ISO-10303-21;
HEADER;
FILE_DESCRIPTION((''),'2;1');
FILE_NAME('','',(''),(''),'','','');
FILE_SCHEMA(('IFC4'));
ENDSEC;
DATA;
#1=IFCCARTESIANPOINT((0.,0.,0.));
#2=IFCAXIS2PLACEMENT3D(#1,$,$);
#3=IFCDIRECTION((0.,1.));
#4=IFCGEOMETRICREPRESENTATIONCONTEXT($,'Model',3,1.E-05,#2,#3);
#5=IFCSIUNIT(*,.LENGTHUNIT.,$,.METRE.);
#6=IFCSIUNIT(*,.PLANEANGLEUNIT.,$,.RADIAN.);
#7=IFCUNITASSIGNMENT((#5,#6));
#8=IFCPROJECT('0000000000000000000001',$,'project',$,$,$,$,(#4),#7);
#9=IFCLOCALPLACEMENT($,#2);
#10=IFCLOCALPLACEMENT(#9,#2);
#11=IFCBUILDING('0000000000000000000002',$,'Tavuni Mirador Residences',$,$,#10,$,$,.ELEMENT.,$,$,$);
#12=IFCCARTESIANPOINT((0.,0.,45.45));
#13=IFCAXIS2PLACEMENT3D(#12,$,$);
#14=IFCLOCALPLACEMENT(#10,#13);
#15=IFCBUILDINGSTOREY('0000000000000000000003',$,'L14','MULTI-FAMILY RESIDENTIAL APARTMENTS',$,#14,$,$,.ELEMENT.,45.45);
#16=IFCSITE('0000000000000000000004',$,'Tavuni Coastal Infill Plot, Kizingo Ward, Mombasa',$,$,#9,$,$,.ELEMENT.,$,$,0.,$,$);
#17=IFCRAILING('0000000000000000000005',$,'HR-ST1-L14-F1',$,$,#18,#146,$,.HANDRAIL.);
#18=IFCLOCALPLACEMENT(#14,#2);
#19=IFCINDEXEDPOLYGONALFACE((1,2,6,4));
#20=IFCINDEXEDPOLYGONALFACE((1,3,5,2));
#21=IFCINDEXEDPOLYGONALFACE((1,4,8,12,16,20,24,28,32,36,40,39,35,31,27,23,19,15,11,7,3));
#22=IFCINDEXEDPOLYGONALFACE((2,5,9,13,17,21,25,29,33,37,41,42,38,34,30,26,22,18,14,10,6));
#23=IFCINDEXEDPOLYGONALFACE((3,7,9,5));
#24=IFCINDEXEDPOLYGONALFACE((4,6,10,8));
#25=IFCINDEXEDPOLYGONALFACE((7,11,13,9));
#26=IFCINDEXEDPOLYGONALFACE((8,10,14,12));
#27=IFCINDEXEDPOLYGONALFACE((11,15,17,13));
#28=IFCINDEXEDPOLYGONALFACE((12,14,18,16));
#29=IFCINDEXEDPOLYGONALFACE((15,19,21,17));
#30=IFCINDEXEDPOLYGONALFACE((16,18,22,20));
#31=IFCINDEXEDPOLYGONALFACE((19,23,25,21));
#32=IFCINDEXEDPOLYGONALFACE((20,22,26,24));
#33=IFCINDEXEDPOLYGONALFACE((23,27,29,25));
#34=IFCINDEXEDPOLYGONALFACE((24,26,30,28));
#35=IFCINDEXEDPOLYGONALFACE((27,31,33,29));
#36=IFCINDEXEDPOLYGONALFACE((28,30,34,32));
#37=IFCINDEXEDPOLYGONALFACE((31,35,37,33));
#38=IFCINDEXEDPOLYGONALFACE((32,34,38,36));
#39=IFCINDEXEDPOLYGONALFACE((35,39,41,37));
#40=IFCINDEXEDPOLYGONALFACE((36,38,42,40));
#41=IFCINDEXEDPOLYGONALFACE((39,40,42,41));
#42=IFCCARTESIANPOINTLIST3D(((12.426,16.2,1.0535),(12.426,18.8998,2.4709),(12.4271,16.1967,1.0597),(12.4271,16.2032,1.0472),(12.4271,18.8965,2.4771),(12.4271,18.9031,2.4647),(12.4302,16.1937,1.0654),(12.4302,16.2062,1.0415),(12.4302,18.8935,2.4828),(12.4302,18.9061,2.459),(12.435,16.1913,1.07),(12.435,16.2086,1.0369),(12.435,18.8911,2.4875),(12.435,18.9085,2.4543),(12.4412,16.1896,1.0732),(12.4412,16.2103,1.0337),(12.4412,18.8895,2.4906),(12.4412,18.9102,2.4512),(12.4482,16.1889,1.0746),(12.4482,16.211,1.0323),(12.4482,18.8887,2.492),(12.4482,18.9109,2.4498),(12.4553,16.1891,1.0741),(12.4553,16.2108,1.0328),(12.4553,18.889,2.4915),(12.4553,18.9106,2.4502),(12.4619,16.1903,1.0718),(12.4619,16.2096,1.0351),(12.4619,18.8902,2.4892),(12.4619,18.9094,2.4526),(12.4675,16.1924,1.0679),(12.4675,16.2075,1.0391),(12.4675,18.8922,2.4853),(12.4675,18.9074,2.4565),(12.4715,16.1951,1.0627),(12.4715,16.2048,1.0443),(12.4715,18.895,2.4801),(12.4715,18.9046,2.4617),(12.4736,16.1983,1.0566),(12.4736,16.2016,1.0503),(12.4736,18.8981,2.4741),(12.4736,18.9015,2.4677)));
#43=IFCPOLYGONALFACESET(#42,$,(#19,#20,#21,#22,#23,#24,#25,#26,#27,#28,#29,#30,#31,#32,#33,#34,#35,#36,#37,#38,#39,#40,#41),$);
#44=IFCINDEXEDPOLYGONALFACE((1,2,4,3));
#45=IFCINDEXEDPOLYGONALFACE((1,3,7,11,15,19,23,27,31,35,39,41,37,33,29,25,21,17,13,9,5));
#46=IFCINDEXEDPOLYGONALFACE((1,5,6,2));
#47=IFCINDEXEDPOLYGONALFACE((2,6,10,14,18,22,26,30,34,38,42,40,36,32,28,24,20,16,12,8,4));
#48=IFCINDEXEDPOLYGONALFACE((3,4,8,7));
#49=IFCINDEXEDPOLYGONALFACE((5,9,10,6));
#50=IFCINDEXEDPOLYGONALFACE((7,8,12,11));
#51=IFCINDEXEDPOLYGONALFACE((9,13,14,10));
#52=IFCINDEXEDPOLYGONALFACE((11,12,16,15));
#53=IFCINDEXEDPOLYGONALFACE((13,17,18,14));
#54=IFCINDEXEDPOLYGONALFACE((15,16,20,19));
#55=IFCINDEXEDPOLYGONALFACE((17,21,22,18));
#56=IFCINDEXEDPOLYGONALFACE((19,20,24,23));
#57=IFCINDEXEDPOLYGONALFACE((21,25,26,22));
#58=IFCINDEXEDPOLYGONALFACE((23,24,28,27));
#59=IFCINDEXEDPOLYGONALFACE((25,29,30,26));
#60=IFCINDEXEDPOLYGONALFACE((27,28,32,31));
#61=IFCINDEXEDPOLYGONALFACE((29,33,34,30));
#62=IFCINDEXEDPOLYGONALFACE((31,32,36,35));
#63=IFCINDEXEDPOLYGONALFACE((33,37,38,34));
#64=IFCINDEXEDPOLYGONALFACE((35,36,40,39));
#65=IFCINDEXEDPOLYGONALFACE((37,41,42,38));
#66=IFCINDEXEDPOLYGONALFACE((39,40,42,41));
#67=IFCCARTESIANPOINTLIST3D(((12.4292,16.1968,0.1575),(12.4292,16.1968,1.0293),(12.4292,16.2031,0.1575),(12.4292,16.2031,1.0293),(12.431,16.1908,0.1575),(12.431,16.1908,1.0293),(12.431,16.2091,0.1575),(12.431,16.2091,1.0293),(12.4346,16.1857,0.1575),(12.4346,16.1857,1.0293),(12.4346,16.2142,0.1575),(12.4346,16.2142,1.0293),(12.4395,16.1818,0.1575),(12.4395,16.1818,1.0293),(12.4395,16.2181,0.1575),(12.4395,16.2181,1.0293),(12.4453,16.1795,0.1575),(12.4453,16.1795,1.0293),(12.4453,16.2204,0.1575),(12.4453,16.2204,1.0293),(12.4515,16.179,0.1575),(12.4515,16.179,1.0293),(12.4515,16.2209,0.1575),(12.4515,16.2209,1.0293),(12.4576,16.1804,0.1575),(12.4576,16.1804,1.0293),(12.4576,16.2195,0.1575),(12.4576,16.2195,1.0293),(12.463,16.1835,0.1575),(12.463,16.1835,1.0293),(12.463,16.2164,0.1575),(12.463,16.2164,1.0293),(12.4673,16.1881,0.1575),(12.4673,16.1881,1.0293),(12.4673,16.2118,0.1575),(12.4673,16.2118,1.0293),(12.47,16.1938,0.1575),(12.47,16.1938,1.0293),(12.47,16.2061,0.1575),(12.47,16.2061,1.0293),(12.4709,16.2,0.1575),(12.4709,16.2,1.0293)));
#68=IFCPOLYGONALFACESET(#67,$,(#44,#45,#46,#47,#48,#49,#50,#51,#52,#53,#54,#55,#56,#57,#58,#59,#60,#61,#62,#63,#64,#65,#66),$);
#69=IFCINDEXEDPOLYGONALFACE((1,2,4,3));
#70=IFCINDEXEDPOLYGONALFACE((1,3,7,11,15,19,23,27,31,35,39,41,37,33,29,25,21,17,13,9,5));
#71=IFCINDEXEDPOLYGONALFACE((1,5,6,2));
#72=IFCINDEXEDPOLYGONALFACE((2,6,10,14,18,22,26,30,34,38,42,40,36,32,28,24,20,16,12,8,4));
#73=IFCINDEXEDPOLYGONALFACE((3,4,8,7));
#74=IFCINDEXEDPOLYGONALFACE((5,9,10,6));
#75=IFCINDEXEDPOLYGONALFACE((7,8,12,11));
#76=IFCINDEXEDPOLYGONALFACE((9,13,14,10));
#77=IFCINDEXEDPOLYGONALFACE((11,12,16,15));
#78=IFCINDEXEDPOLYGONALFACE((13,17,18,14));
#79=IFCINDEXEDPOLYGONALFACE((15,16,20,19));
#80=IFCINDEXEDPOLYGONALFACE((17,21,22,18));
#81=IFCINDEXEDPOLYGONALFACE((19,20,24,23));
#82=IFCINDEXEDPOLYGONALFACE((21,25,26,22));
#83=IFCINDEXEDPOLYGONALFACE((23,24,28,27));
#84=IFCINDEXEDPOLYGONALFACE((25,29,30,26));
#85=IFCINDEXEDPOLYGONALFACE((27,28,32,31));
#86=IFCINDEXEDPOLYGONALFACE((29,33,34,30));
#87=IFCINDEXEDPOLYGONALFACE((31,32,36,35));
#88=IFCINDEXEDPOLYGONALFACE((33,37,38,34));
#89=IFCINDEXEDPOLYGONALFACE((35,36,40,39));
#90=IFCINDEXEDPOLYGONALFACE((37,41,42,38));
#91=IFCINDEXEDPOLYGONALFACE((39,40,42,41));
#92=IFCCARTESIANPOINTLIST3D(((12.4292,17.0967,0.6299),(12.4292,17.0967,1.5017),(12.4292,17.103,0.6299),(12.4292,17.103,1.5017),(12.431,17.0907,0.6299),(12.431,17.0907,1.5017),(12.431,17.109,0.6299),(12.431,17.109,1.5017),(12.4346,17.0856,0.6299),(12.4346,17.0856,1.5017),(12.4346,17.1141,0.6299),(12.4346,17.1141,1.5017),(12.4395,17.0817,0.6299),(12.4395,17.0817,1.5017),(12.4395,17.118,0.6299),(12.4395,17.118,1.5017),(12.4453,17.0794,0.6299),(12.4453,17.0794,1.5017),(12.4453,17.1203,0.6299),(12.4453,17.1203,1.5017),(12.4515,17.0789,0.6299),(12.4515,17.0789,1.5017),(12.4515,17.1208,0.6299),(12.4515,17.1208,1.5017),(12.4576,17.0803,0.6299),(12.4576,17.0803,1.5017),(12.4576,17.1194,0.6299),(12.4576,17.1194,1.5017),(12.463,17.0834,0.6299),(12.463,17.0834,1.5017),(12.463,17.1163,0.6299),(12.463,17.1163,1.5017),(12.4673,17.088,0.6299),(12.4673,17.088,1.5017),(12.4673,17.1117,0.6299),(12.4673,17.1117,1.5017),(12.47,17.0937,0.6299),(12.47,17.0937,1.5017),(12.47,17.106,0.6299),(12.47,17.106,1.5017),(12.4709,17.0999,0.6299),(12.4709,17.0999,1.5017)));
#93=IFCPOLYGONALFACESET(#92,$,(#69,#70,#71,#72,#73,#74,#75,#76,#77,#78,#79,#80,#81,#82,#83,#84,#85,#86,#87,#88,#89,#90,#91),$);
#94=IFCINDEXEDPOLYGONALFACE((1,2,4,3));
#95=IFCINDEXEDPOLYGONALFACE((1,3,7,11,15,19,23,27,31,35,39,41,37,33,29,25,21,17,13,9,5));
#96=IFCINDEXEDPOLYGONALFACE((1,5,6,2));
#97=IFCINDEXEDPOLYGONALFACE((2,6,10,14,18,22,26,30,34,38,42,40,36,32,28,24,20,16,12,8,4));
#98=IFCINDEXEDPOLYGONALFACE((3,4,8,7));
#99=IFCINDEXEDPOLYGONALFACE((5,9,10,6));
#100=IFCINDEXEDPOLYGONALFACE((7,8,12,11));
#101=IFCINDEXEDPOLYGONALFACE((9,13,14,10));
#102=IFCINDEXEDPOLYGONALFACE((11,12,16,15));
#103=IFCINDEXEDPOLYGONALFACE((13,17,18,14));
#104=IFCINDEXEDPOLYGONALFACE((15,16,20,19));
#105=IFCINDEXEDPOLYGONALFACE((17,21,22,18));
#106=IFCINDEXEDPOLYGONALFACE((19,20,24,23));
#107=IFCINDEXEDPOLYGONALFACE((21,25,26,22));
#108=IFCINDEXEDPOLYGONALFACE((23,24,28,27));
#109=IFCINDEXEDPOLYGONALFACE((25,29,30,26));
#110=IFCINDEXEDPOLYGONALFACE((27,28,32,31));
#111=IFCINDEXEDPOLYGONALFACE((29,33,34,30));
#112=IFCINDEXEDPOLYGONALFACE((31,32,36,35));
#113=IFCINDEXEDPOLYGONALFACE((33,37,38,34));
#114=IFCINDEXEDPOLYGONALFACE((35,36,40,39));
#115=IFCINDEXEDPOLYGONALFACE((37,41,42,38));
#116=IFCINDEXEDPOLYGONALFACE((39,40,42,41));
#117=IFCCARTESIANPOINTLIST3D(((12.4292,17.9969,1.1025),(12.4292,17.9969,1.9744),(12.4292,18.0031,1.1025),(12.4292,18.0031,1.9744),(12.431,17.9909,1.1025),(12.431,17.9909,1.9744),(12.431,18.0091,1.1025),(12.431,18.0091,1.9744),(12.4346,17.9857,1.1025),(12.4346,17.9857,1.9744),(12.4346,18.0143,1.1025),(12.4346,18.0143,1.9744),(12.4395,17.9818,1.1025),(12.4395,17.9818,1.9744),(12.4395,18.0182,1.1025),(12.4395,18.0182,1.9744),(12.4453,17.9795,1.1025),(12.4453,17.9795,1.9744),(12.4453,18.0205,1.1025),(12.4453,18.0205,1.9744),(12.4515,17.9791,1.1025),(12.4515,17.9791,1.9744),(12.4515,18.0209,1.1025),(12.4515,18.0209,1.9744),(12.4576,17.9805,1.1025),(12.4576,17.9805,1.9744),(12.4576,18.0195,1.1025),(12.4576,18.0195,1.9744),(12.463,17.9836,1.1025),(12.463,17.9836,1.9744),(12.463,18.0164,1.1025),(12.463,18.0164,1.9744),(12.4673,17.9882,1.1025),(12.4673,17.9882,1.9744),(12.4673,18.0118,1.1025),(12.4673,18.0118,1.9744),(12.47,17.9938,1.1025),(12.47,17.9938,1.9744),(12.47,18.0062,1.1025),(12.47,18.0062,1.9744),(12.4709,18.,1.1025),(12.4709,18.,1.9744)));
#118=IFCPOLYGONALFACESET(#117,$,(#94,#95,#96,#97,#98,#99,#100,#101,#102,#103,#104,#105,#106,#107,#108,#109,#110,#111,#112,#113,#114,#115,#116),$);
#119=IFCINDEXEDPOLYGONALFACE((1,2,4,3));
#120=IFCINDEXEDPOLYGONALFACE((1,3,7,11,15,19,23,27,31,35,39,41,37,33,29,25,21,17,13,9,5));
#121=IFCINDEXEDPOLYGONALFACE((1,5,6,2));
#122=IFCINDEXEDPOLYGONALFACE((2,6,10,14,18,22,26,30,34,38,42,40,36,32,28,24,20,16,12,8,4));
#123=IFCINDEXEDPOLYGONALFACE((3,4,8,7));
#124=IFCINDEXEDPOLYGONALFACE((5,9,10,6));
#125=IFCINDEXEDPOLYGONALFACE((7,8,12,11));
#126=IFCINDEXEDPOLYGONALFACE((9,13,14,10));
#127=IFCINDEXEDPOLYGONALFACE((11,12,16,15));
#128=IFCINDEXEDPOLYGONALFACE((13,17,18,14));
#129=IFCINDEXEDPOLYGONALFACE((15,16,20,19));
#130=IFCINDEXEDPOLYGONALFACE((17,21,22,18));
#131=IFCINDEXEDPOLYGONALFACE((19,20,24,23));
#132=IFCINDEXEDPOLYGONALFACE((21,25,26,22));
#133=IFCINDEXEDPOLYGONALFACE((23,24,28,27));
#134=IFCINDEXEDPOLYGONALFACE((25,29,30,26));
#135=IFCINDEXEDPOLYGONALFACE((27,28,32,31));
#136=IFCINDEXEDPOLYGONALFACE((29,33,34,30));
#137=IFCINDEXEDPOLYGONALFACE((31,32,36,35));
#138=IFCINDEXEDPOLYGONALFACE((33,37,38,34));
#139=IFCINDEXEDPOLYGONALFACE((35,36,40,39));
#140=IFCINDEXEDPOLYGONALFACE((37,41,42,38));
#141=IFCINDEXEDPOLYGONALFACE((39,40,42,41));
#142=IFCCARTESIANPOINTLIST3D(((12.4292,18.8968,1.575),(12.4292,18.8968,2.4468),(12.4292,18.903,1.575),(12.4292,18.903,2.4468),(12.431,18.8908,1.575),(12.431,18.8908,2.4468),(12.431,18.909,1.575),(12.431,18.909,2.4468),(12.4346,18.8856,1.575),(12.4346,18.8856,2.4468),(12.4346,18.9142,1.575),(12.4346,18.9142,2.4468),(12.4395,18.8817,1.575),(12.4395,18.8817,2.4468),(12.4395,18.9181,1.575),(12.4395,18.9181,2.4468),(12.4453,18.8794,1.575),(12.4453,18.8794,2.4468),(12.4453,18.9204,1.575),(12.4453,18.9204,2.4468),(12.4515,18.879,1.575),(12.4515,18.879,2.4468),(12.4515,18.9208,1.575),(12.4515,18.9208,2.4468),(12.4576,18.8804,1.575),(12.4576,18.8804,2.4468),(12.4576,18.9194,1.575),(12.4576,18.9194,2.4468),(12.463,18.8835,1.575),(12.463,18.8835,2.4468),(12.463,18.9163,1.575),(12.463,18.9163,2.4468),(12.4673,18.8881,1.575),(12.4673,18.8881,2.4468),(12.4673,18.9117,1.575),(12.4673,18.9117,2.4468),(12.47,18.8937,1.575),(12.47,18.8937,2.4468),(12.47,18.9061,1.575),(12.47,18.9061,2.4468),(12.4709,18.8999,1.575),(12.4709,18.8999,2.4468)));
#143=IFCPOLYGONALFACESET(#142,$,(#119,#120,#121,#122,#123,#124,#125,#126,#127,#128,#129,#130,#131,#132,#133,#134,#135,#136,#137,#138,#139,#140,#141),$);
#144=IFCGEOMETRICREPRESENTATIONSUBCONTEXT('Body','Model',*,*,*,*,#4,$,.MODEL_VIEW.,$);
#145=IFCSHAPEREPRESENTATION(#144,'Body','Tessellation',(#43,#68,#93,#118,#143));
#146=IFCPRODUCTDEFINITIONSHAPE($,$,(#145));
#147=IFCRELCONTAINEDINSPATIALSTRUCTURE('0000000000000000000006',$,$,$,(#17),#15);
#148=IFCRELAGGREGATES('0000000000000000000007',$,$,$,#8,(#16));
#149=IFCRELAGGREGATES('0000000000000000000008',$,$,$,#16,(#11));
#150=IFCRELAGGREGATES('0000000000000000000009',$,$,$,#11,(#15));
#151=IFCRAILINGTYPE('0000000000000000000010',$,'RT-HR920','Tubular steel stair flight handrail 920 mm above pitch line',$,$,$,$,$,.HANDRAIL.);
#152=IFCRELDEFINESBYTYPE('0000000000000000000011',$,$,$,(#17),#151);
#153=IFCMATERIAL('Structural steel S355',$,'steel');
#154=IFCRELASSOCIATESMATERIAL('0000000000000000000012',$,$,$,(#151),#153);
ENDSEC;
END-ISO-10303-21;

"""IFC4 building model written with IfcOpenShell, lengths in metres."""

from ifc_helpers import new_model, si_unit, direction, frame, origin, origin_2d, place, context, subcontext, project, spatial, circle, extrude, material, type_object, element, save


model = new_model("IFC4")

# Units and contexts
model_context = context("Model", 3, precision=1e-05, world=origin(), true_north=direction((0.0, 1.0)))
body_context = subcontext(model_context, "Body", "Model", "MODEL_VIEW")
ifc_project = project(units=[si_unit("LENGTHUNIT", "METRE"), si_unit("PLANEANGLEUNIT", "RADIAN")], contexts=[model_context])

# Site, building, storey
site_placement = place(None, origin())
site = spatial("IfcSite", under=ifc_project, at=site_placement, Name="Tavuni Coastal Infill Plot, Kizingo Ward, Mombasa", CompositionType="ELEMENT", RefElevation=0.0)
building_placement = place(site_placement, origin())
building = spatial("IfcBuilding", under=site, at=building_placement, Name="Tavuni Mirador Residences", CompositionType="ELEMENT")
storey_placement = place(building_placement, frame((0.0, 0.0, 45.45)))
storey = spatial("IfcBuildingStorey", under=building, at=storey_placement, Name="L14", Description="MULTI-FAMILY RESIDENTIAL APARTMENTS", CompositionType="ELEMENT", Elevation=45.45)

# Shared definitions
ifc_material_1 = material(Name="Structural steel S355", Category="steel")

# Railing
railing_type_1 = type_object("IfcRailingType", Name="RT-HR920", Description="Tubular steel stair flight handrail 920 mm above pitch line", PredefinedType="HANDRAIL", material=ifc_material_1)
railing_1_placement = place(storey_placement, frame((12.45, 16.2, 0.1575)))
element("IfcRailing", 1, at=railing_1_placement, inside=storey, type_object=railing_type_1, Name="HR-ST1-L14-F1", PredefinedType="HANDRAIL", context=body_context, shape_type="SweptSolid", body=[
    extrude(circle(Radius=0.0239, at=origin_2d()), frame((0.0, 0.0, 0.896), z_axis=(0.0, 0.885397, 0.464835), x_axis=(-1.0, 0.0, 0.0)), (0.0, 0.0, 1.0), 3.0493),
    extrude(circle(Radius=0.021, at=origin_2d()), origin(), (0.0, 0.0, 1.0), 0.8718),
    extrude(circle(Radius=0.021, at=origin_2d()), frame((0.0, 0.8999, 0.4724)), (0.0, 0.0, 1.0), 0.8718),
    extrude(circle(Radius=0.021, at=origin_2d()), frame((0.0, 1.8, 0.9451)), (0.0, 0.0, 1.0), 0.8718),
    extrude(circle(Radius=0.021, at=origin_2d()), frame((0.0, 2.7, 1.4175)), (0.0, 0.0, 1.0), 0.8718),
])

save(model, "model.ifc")
